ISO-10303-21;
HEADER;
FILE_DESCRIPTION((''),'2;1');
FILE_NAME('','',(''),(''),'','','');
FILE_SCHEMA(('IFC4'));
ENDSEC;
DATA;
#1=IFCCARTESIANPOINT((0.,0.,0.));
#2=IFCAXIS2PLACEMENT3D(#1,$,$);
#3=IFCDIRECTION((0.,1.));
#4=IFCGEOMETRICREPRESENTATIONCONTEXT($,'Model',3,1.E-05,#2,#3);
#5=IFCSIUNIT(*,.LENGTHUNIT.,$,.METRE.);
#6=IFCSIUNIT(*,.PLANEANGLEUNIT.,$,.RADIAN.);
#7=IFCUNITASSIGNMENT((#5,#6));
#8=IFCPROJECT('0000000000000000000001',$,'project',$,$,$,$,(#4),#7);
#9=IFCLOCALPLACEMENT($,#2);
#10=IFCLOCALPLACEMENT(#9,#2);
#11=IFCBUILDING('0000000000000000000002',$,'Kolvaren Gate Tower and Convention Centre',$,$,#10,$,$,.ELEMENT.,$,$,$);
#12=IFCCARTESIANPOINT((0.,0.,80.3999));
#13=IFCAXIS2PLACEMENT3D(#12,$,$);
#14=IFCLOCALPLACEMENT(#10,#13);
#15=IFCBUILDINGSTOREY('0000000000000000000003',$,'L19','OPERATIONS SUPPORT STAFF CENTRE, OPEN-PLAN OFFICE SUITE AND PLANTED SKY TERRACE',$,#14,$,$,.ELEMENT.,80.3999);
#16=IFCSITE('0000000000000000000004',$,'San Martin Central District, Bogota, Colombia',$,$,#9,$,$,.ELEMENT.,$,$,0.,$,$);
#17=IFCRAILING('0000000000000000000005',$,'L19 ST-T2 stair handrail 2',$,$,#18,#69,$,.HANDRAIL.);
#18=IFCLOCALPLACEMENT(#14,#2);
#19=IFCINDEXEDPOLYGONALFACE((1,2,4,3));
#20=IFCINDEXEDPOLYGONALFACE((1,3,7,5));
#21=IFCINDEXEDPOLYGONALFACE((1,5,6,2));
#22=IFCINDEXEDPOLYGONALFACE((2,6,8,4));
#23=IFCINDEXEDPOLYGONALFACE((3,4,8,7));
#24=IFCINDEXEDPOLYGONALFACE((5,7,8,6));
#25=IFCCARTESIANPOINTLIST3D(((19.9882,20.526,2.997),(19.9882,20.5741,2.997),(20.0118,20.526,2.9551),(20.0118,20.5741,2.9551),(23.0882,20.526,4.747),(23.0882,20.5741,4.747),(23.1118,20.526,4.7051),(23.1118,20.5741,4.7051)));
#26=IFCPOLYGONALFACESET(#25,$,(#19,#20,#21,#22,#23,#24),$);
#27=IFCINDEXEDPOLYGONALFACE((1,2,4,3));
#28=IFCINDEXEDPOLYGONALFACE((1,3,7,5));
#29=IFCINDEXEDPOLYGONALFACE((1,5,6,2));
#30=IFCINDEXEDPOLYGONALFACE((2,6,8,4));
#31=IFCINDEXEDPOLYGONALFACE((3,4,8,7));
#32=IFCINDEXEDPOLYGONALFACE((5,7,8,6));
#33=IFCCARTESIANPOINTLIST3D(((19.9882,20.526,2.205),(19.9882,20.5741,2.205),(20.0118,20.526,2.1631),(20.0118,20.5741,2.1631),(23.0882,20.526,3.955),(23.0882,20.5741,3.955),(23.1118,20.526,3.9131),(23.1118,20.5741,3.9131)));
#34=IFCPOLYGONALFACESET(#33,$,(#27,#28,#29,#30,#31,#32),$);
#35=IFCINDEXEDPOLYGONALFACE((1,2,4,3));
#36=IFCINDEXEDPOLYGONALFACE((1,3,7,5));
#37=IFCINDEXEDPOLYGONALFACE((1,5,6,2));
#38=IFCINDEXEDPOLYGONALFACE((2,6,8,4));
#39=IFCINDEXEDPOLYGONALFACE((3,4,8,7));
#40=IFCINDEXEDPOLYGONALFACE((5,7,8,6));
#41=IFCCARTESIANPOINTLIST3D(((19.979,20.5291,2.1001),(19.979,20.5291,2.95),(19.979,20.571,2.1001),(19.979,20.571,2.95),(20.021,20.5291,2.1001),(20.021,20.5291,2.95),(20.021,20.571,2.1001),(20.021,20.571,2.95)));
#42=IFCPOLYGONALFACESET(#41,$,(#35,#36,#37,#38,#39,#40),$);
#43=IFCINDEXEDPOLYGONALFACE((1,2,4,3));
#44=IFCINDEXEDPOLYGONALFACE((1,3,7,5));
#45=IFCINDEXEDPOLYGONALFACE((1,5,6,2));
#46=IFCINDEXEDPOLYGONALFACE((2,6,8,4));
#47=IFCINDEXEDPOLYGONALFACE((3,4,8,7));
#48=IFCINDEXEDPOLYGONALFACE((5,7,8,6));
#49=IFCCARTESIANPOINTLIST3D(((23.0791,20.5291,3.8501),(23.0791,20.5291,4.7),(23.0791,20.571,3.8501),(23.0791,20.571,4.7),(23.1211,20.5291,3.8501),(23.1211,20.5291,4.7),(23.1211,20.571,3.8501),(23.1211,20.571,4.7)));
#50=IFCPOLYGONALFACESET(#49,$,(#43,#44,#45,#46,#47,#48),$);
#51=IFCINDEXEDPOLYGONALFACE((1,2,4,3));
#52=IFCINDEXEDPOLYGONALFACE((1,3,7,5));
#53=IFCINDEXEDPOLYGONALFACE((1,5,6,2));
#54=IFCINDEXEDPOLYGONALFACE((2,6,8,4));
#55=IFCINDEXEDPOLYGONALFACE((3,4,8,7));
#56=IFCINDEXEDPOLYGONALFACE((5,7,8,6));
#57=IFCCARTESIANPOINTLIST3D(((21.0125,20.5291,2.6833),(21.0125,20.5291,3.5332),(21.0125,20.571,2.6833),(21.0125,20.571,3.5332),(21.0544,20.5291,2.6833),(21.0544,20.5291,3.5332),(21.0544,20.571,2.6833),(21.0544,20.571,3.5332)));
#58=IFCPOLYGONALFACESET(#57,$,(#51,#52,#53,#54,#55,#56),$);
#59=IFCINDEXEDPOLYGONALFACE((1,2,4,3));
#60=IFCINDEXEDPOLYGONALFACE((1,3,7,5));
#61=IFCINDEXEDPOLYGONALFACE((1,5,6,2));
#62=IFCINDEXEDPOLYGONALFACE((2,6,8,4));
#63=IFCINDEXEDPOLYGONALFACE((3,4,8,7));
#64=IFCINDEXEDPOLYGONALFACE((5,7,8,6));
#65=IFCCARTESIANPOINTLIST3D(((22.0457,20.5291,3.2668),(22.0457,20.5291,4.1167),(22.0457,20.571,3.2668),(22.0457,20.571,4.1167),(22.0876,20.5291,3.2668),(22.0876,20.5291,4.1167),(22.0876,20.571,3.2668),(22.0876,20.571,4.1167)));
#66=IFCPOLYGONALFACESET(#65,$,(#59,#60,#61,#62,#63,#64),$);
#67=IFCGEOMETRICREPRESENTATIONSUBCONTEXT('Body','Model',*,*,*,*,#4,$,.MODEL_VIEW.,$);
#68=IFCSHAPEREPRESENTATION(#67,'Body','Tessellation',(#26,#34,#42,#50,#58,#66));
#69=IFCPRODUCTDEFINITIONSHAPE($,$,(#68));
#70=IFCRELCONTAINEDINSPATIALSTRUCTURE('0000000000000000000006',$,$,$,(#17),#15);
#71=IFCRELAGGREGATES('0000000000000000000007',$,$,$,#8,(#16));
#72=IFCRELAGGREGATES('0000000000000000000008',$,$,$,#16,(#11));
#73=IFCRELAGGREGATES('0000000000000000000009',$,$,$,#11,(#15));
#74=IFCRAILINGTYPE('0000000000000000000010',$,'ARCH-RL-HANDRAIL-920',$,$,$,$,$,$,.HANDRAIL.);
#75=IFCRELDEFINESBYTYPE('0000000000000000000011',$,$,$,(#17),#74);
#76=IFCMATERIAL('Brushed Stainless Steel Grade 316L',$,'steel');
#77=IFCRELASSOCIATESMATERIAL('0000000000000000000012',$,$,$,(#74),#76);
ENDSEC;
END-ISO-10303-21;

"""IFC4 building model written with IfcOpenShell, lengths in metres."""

from ifc_helpers import new_model, si_unit, direction, frame, origin, origin_2d, place, context, subcontext, project, spatial, rectangle, extrude, material, type_object, element, save


model = new_model("IFC4")

# Units and contexts
model_context = context("Model", 3, precision=1e-05, world=origin(), true_north=direction((0.0, 1.0)))
body_context = subcontext(model_context, "Body", "Model", "MODEL_VIEW")
ifc_project = project(units=[si_unit("LENGTHUNIT", "METRE"), si_unit("PLANEANGLEUNIT", "RADIAN")], contexts=[model_context])

# Site, building, storey
site_placement = place(None, origin())
site = spatial("IfcSite", under=ifc_project, at=site_placement, Name="San Martin Central District, Bogota, Colombia", CompositionType="ELEMENT", RefElevation=0.0)
building_placement = place(site_placement, origin())
building = spatial("IfcBuilding", under=site, at=building_placement, Name="Kolvaren Gate Tower and Convention Centre", CompositionType="ELEMENT")
storey_placement = place(building_placement, frame((0.0, 0.0, 80.3999)))
storey = spatial("IfcBuildingStorey", under=building, at=storey_placement, Name="L19", Description="OPERATIONS SUPPORT STAFF CENTRE, OPEN-PLAN OFFICE SUITE AND PLANTED SKY TERRACE", CompositionType="ELEMENT", Elevation=80.3999)

# Shared definitions
ifc_material_1 = material(Name="Brushed Stainless Steel Grade 316L", Category="steel")

# Railing
railing_type_1 = type_object("IfcRailingType", Name="ARCH-RL-HANDRAIL-920", PredefinedType="HANDRAIL", material=ifc_material_1)
railing_1_placement = place(storey_placement, frame((20.0, 20.55, 2.1001)))
element("IfcRailing", 1, at=railing_1_placement, inside=storey, type_object=railing_type_1, Name="L19 ST-T2 stair handrail 2", PredefinedType="HANDRAIL", context=body_context, shape_type="SweptSolid", body=[
    extrude(rectangle(XDim=0.0481, YDim=0.0481, at=origin_2d()), frame((0.0, 0.0, 0.876), z_axis=(0.870831, 0.0, 0.491583), x_axis=(0.0, 1.0, 0.0)), (0.0, 0.0, 1.0), 3.5598),
    extrude(rectangle(XDim=0.0481, YDim=0.0481, at=origin_2d()), frame((0.0, 0.0, 0.084), z_axis=(0.870831, 0.0, 0.491583), x_axis=(0.0, 1.0, 0.0)), (0.0, 0.0, 1.0), 3.5598),
    extrude(rectangle(XDim=0.042, YDim=0.042, at=origin_2d()), origin(), (0.0, 0.0, 1.0), 0.8499),
    extrude(rectangle(XDim=0.042, YDim=0.042, at=origin_2d()), frame((3.1001, 0.0, 1.75)), (0.0, 0.0, 1.0), 0.8499),
    extrude(rectangle(XDim=0.042, YDim=0.042, at=origin_2d()), frame((1.0334, 0.0, 0.5833)), (0.0, 0.0, 1.0), 0.8499),
    extrude(rectangle(XDim=0.042, YDim=0.042, at=origin_2d()), frame((2.0667, 0.0, 1.1667)), (0.0, 0.0, 1.0), 0.8499),
])

save(model, "model.ifc")
